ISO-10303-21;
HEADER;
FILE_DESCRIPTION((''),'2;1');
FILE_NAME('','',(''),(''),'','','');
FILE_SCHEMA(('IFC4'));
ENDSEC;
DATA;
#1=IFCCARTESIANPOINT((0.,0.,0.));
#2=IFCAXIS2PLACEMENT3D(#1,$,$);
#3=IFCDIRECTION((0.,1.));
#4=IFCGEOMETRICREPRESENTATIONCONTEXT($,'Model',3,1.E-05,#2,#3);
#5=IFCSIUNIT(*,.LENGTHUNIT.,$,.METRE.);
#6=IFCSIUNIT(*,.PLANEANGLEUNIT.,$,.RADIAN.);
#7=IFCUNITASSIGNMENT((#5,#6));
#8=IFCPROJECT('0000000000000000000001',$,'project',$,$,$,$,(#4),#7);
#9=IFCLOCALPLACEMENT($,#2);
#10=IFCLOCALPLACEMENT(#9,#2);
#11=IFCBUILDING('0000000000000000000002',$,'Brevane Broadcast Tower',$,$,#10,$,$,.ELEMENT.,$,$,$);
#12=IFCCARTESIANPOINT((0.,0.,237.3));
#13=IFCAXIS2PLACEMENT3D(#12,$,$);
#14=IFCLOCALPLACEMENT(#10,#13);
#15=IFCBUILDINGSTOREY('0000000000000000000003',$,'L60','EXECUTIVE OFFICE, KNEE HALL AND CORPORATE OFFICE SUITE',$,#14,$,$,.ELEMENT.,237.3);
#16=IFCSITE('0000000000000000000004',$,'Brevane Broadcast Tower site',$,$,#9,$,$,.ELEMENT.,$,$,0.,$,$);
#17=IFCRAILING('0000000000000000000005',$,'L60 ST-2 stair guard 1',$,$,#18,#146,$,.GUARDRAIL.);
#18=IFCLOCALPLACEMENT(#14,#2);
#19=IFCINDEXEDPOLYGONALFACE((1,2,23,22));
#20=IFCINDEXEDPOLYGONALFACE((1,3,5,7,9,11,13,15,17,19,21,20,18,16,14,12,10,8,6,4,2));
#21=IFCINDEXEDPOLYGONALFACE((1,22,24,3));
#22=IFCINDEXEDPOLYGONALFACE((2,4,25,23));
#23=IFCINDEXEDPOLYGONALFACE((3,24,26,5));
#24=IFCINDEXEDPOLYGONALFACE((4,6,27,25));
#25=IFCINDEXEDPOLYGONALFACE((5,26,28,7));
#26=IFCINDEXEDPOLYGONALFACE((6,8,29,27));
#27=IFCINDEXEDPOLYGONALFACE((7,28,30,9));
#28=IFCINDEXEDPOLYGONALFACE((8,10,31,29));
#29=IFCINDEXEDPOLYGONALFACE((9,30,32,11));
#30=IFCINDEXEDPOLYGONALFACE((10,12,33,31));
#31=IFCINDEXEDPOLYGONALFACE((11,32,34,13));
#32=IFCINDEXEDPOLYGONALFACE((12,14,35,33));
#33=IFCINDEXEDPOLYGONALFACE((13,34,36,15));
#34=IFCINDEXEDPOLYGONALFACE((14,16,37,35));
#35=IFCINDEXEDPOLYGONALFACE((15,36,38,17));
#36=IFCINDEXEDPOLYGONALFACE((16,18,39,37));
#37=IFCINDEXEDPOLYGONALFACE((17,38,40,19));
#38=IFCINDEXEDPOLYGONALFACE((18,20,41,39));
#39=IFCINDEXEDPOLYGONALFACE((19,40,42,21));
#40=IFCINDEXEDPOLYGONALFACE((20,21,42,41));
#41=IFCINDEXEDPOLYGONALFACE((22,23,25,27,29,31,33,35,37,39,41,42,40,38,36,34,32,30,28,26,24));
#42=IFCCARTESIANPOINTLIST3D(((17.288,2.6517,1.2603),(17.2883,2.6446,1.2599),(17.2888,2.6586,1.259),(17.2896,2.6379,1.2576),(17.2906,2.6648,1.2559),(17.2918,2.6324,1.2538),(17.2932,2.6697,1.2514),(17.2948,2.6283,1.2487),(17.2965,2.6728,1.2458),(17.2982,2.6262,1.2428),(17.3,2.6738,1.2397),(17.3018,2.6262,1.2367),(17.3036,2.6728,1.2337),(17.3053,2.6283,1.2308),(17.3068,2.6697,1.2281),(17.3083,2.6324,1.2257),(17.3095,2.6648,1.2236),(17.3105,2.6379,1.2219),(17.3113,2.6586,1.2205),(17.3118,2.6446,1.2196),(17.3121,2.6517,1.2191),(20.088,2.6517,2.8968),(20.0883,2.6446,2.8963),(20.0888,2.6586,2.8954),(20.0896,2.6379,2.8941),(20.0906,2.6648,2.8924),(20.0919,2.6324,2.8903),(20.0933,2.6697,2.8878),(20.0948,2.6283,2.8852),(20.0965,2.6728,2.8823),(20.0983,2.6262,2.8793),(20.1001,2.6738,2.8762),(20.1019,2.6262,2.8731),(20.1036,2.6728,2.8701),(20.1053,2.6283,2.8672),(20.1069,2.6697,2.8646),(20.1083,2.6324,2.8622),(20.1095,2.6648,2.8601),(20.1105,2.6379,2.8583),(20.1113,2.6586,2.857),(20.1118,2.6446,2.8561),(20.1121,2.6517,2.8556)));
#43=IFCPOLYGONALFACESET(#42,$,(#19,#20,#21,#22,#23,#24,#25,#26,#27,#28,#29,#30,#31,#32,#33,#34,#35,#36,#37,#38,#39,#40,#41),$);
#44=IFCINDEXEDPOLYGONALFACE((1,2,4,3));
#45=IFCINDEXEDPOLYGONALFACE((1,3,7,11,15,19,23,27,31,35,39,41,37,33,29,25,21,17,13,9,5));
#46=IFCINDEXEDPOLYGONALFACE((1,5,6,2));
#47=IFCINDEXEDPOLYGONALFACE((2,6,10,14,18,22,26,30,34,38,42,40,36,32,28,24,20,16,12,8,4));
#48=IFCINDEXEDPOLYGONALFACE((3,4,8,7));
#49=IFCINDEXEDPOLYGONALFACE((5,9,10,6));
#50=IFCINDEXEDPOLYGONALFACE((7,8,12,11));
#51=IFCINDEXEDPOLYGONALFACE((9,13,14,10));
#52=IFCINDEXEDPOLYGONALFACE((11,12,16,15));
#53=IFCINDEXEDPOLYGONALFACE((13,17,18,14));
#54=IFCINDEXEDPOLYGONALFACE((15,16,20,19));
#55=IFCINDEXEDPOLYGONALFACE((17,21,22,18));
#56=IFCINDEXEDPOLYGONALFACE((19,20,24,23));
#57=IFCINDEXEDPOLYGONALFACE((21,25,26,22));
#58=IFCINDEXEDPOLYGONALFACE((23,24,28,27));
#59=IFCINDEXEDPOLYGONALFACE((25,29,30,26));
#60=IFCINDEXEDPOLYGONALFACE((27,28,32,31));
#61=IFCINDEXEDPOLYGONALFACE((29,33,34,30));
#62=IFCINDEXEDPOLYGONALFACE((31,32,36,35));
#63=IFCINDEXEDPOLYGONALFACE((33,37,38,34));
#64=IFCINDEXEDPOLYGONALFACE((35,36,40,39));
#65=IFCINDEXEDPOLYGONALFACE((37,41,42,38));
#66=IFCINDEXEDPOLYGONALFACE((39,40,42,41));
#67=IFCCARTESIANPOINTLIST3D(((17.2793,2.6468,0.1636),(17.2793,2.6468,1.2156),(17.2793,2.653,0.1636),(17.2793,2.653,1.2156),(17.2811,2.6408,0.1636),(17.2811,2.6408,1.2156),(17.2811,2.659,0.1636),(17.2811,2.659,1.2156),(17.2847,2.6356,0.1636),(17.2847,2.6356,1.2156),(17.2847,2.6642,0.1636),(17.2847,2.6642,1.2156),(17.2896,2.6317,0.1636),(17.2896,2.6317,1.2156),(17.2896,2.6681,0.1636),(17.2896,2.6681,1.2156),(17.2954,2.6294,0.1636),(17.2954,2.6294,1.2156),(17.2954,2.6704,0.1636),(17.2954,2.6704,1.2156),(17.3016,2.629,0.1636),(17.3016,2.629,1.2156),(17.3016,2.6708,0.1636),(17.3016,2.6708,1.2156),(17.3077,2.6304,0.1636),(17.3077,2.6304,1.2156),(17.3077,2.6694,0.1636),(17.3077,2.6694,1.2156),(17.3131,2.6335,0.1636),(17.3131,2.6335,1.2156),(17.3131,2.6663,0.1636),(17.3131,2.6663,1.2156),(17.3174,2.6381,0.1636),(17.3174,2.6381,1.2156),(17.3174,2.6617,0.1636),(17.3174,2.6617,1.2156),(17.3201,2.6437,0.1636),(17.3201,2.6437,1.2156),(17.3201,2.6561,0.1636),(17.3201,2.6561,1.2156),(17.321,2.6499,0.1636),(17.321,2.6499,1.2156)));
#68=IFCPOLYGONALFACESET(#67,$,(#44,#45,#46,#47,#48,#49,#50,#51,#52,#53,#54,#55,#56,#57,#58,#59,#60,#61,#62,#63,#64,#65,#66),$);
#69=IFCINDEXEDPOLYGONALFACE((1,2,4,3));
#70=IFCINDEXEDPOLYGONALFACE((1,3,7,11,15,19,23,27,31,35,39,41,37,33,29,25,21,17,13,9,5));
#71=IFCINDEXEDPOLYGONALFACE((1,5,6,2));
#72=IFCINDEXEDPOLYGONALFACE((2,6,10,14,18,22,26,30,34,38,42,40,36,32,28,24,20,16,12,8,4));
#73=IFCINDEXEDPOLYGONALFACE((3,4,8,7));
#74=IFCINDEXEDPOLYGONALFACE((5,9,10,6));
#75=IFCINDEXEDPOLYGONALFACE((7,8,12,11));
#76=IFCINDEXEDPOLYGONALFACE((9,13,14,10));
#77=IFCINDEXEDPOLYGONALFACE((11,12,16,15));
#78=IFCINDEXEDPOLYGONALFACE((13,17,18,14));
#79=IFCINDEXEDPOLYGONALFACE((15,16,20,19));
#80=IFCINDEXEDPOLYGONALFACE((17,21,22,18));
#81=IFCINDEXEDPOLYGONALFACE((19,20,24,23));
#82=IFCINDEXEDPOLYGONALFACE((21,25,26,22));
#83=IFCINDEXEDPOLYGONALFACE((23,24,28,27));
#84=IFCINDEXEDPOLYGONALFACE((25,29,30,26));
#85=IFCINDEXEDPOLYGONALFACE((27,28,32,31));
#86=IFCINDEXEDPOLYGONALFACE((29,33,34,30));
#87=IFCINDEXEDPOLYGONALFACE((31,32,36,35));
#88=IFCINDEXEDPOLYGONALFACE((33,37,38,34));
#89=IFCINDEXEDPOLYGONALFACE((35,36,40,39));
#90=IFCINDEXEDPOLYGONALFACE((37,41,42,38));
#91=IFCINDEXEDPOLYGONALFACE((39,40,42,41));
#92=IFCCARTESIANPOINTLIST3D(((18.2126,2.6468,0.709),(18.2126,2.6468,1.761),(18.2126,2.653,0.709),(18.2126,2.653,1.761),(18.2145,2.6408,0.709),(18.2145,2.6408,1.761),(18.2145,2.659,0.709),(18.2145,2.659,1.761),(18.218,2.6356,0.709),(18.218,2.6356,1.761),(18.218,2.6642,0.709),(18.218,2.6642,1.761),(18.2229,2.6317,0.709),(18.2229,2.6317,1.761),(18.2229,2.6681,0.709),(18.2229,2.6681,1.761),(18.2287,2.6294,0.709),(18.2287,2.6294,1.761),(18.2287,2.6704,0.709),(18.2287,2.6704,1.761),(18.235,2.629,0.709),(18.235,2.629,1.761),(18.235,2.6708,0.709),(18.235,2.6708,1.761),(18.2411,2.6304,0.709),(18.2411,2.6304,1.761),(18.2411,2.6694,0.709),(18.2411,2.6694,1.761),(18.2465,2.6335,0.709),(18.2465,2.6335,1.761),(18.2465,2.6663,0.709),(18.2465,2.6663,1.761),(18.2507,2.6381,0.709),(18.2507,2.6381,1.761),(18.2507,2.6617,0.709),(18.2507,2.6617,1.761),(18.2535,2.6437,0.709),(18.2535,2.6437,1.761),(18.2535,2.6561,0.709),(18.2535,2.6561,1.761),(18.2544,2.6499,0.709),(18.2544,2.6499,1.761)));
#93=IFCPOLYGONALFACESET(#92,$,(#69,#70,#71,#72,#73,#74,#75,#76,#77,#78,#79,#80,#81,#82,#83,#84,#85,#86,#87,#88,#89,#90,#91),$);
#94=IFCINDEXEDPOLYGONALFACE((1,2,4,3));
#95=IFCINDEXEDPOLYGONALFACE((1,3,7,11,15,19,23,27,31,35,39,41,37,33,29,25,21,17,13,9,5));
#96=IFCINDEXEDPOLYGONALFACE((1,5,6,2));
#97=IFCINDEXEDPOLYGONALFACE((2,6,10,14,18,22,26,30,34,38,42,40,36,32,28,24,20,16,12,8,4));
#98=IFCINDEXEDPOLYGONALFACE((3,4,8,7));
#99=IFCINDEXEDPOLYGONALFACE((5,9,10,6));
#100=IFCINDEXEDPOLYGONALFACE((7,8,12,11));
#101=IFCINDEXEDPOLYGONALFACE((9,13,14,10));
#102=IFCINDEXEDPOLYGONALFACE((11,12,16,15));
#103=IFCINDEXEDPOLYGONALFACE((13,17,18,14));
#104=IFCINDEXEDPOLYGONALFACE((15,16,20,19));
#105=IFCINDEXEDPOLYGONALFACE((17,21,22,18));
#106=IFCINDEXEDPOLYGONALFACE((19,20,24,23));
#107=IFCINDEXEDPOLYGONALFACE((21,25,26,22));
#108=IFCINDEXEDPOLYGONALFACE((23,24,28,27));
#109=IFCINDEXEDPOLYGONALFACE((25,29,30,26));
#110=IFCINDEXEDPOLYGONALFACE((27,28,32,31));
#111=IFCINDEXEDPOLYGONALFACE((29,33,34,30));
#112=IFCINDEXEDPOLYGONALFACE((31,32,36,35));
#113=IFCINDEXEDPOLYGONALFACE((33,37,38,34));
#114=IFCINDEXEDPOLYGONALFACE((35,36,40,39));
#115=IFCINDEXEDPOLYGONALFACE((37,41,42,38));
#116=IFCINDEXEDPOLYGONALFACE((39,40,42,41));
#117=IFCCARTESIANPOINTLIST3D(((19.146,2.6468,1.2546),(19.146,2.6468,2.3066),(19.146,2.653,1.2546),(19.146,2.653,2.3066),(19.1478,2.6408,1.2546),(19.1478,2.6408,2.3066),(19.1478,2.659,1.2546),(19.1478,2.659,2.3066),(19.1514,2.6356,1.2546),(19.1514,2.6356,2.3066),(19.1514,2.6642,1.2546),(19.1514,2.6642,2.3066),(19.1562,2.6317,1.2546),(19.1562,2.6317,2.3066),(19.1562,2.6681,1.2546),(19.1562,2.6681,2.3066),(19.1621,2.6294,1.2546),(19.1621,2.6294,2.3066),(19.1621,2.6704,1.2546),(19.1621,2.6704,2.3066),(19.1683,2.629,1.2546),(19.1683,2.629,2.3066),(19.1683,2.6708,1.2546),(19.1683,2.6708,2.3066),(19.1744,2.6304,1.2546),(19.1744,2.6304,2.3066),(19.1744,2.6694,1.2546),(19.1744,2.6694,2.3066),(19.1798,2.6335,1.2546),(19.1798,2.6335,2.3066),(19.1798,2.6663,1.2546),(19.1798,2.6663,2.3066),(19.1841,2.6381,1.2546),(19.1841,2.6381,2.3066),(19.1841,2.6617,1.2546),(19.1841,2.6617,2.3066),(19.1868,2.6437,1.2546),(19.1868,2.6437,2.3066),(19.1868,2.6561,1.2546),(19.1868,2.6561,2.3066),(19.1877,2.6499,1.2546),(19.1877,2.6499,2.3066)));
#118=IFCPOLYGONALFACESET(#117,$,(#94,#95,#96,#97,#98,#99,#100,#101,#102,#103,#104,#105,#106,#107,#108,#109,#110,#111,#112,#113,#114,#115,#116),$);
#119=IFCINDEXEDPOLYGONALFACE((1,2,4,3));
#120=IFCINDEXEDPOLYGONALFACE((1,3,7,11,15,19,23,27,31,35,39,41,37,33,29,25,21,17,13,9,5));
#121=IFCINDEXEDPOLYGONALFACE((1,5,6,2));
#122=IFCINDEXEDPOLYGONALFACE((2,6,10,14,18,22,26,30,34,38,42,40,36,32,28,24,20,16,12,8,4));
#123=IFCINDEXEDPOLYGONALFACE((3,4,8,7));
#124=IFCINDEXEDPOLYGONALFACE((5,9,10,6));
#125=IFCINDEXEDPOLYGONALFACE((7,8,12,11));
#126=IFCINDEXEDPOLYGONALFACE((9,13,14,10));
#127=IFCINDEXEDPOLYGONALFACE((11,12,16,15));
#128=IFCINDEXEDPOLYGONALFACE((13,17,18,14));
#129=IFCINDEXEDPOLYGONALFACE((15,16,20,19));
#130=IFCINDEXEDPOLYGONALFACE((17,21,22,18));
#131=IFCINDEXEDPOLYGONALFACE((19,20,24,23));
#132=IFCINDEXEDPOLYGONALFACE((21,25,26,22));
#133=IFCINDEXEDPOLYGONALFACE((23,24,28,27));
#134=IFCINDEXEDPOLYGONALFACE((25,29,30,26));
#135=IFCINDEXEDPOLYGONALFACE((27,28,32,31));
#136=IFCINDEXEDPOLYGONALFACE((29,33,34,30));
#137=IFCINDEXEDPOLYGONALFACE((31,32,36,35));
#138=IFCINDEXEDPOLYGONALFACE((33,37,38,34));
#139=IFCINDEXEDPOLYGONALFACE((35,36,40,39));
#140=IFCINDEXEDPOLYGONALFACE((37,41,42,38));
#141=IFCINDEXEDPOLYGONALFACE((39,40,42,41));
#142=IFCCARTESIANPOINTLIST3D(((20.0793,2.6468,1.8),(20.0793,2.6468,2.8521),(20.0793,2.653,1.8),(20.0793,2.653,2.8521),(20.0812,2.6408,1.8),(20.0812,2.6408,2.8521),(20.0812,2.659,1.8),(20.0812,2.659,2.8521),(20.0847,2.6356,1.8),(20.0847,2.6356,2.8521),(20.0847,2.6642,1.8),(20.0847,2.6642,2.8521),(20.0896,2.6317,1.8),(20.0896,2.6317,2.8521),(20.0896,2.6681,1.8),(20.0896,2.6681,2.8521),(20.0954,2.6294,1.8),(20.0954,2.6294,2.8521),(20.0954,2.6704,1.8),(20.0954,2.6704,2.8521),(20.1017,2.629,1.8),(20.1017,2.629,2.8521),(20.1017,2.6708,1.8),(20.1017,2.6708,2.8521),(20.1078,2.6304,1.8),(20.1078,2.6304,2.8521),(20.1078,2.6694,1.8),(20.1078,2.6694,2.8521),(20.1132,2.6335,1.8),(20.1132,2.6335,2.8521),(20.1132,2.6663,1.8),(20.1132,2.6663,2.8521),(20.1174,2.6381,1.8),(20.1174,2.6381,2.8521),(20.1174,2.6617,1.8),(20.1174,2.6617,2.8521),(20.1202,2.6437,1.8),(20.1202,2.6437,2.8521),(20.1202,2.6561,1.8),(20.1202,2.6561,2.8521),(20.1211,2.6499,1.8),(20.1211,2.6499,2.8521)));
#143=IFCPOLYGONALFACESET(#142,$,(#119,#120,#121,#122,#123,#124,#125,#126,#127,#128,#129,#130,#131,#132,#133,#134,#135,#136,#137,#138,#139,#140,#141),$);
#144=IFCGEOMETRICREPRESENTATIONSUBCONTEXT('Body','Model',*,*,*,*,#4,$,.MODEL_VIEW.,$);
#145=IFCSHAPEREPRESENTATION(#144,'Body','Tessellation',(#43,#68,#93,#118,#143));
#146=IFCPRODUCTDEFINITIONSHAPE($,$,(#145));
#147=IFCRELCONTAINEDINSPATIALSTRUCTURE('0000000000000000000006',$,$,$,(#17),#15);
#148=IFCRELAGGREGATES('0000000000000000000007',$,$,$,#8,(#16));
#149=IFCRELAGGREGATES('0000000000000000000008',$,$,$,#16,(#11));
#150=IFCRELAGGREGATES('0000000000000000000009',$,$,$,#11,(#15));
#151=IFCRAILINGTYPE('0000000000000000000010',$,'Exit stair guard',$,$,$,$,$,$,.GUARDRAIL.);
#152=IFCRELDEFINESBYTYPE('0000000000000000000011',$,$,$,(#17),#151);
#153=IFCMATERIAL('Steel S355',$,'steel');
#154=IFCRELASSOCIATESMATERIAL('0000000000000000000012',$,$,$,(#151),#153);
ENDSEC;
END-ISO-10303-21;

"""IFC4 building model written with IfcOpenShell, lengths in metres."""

from ifc_helpers import new_model, si_unit, direction, frame, origin, origin_2d, place, context, subcontext, project, spatial, circle, extrude, material, type_object, element, save


model = new_model("IFC4")

# Units and contexts
model_context = context("Model", 3, precision=1e-05, world=origin(), true_north=direction((0.0, 1.0)))
body_context = subcontext(model_context, "Body", "Model", "MODEL_VIEW")
ifc_project = project(units=[si_unit("LENGTHUNIT", "METRE"), si_unit("PLANEANGLEUNIT", "RADIAN")], contexts=[model_context])

# Site, building, storey
site_placement = place(None, origin())
site = spatial("IfcSite", under=ifc_project, at=site_placement, Name="Brevane Broadcast Tower site", CompositionType="ELEMENT", RefElevation=0.0)
building_placement = place(site_placement, origin())
building = spatial("IfcBuilding", under=site, at=building_placement, Name="Brevane Broadcast Tower", CompositionType="ELEMENT")
storey_placement = place(building_placement, frame((0.0, 0.0, 237.3)))
storey = spatial("IfcBuildingStorey", under=building, at=storey_placement, Name="L60", Description="EXECUTIVE OFFICE, KNEE HALL AND CORPORATE OFFICE SUITE", CompositionType="ELEMENT", Elevation=237.3)

# Railing
ifc_material_1 = material(Name="Steel S355", Category="steel")
railing_type_1 = type_object("IfcRailingType", Name="Exit stair guard", PredefinedType="GUARDRAIL", material=ifc_material_1)
railing_1_placement = place(storey_placement, frame((17.3, 2.6499, 0.1636)))
element("IfcRailing", 1, at=railing_1_placement, inside=storey, type_object=railing_type_1, Name="L60 ST-2 stair guard 1", PredefinedType="GUARDRAIL", context=body_context, shape_type="SweptSolid", body=[
    extrude(circle(Radius=0.0239, at=origin_2d()), frame((0.0, 0.0, 1.0762), z_axis=(0.863361, 0.0, 0.504587), x_axis=(0.0, 1.0, 0.0)), (0.0, 0.0, 1.0), 3.2432),
    extrude(circle(Radius=0.021, at=origin_2d()), origin(), (0.0, 0.0, 1.0), 1.052),
    extrude(circle(Radius=0.021, at=origin_2d()), frame((0.9333, 0.0, 0.5454)), (0.0, 0.0, 1.0), 1.052),
    extrude(circle(Radius=0.021, at=origin_2d()), frame((1.8667, 0.0, 1.0911)), (0.0, 0.0, 1.0), 1.052),
    extrude(circle(Radius=0.021, at=origin_2d()), frame((2.8, 0.0, 1.6365)), (0.0, 0.0, 1.0), 1.052),
])

save(model, "model.ifc")
